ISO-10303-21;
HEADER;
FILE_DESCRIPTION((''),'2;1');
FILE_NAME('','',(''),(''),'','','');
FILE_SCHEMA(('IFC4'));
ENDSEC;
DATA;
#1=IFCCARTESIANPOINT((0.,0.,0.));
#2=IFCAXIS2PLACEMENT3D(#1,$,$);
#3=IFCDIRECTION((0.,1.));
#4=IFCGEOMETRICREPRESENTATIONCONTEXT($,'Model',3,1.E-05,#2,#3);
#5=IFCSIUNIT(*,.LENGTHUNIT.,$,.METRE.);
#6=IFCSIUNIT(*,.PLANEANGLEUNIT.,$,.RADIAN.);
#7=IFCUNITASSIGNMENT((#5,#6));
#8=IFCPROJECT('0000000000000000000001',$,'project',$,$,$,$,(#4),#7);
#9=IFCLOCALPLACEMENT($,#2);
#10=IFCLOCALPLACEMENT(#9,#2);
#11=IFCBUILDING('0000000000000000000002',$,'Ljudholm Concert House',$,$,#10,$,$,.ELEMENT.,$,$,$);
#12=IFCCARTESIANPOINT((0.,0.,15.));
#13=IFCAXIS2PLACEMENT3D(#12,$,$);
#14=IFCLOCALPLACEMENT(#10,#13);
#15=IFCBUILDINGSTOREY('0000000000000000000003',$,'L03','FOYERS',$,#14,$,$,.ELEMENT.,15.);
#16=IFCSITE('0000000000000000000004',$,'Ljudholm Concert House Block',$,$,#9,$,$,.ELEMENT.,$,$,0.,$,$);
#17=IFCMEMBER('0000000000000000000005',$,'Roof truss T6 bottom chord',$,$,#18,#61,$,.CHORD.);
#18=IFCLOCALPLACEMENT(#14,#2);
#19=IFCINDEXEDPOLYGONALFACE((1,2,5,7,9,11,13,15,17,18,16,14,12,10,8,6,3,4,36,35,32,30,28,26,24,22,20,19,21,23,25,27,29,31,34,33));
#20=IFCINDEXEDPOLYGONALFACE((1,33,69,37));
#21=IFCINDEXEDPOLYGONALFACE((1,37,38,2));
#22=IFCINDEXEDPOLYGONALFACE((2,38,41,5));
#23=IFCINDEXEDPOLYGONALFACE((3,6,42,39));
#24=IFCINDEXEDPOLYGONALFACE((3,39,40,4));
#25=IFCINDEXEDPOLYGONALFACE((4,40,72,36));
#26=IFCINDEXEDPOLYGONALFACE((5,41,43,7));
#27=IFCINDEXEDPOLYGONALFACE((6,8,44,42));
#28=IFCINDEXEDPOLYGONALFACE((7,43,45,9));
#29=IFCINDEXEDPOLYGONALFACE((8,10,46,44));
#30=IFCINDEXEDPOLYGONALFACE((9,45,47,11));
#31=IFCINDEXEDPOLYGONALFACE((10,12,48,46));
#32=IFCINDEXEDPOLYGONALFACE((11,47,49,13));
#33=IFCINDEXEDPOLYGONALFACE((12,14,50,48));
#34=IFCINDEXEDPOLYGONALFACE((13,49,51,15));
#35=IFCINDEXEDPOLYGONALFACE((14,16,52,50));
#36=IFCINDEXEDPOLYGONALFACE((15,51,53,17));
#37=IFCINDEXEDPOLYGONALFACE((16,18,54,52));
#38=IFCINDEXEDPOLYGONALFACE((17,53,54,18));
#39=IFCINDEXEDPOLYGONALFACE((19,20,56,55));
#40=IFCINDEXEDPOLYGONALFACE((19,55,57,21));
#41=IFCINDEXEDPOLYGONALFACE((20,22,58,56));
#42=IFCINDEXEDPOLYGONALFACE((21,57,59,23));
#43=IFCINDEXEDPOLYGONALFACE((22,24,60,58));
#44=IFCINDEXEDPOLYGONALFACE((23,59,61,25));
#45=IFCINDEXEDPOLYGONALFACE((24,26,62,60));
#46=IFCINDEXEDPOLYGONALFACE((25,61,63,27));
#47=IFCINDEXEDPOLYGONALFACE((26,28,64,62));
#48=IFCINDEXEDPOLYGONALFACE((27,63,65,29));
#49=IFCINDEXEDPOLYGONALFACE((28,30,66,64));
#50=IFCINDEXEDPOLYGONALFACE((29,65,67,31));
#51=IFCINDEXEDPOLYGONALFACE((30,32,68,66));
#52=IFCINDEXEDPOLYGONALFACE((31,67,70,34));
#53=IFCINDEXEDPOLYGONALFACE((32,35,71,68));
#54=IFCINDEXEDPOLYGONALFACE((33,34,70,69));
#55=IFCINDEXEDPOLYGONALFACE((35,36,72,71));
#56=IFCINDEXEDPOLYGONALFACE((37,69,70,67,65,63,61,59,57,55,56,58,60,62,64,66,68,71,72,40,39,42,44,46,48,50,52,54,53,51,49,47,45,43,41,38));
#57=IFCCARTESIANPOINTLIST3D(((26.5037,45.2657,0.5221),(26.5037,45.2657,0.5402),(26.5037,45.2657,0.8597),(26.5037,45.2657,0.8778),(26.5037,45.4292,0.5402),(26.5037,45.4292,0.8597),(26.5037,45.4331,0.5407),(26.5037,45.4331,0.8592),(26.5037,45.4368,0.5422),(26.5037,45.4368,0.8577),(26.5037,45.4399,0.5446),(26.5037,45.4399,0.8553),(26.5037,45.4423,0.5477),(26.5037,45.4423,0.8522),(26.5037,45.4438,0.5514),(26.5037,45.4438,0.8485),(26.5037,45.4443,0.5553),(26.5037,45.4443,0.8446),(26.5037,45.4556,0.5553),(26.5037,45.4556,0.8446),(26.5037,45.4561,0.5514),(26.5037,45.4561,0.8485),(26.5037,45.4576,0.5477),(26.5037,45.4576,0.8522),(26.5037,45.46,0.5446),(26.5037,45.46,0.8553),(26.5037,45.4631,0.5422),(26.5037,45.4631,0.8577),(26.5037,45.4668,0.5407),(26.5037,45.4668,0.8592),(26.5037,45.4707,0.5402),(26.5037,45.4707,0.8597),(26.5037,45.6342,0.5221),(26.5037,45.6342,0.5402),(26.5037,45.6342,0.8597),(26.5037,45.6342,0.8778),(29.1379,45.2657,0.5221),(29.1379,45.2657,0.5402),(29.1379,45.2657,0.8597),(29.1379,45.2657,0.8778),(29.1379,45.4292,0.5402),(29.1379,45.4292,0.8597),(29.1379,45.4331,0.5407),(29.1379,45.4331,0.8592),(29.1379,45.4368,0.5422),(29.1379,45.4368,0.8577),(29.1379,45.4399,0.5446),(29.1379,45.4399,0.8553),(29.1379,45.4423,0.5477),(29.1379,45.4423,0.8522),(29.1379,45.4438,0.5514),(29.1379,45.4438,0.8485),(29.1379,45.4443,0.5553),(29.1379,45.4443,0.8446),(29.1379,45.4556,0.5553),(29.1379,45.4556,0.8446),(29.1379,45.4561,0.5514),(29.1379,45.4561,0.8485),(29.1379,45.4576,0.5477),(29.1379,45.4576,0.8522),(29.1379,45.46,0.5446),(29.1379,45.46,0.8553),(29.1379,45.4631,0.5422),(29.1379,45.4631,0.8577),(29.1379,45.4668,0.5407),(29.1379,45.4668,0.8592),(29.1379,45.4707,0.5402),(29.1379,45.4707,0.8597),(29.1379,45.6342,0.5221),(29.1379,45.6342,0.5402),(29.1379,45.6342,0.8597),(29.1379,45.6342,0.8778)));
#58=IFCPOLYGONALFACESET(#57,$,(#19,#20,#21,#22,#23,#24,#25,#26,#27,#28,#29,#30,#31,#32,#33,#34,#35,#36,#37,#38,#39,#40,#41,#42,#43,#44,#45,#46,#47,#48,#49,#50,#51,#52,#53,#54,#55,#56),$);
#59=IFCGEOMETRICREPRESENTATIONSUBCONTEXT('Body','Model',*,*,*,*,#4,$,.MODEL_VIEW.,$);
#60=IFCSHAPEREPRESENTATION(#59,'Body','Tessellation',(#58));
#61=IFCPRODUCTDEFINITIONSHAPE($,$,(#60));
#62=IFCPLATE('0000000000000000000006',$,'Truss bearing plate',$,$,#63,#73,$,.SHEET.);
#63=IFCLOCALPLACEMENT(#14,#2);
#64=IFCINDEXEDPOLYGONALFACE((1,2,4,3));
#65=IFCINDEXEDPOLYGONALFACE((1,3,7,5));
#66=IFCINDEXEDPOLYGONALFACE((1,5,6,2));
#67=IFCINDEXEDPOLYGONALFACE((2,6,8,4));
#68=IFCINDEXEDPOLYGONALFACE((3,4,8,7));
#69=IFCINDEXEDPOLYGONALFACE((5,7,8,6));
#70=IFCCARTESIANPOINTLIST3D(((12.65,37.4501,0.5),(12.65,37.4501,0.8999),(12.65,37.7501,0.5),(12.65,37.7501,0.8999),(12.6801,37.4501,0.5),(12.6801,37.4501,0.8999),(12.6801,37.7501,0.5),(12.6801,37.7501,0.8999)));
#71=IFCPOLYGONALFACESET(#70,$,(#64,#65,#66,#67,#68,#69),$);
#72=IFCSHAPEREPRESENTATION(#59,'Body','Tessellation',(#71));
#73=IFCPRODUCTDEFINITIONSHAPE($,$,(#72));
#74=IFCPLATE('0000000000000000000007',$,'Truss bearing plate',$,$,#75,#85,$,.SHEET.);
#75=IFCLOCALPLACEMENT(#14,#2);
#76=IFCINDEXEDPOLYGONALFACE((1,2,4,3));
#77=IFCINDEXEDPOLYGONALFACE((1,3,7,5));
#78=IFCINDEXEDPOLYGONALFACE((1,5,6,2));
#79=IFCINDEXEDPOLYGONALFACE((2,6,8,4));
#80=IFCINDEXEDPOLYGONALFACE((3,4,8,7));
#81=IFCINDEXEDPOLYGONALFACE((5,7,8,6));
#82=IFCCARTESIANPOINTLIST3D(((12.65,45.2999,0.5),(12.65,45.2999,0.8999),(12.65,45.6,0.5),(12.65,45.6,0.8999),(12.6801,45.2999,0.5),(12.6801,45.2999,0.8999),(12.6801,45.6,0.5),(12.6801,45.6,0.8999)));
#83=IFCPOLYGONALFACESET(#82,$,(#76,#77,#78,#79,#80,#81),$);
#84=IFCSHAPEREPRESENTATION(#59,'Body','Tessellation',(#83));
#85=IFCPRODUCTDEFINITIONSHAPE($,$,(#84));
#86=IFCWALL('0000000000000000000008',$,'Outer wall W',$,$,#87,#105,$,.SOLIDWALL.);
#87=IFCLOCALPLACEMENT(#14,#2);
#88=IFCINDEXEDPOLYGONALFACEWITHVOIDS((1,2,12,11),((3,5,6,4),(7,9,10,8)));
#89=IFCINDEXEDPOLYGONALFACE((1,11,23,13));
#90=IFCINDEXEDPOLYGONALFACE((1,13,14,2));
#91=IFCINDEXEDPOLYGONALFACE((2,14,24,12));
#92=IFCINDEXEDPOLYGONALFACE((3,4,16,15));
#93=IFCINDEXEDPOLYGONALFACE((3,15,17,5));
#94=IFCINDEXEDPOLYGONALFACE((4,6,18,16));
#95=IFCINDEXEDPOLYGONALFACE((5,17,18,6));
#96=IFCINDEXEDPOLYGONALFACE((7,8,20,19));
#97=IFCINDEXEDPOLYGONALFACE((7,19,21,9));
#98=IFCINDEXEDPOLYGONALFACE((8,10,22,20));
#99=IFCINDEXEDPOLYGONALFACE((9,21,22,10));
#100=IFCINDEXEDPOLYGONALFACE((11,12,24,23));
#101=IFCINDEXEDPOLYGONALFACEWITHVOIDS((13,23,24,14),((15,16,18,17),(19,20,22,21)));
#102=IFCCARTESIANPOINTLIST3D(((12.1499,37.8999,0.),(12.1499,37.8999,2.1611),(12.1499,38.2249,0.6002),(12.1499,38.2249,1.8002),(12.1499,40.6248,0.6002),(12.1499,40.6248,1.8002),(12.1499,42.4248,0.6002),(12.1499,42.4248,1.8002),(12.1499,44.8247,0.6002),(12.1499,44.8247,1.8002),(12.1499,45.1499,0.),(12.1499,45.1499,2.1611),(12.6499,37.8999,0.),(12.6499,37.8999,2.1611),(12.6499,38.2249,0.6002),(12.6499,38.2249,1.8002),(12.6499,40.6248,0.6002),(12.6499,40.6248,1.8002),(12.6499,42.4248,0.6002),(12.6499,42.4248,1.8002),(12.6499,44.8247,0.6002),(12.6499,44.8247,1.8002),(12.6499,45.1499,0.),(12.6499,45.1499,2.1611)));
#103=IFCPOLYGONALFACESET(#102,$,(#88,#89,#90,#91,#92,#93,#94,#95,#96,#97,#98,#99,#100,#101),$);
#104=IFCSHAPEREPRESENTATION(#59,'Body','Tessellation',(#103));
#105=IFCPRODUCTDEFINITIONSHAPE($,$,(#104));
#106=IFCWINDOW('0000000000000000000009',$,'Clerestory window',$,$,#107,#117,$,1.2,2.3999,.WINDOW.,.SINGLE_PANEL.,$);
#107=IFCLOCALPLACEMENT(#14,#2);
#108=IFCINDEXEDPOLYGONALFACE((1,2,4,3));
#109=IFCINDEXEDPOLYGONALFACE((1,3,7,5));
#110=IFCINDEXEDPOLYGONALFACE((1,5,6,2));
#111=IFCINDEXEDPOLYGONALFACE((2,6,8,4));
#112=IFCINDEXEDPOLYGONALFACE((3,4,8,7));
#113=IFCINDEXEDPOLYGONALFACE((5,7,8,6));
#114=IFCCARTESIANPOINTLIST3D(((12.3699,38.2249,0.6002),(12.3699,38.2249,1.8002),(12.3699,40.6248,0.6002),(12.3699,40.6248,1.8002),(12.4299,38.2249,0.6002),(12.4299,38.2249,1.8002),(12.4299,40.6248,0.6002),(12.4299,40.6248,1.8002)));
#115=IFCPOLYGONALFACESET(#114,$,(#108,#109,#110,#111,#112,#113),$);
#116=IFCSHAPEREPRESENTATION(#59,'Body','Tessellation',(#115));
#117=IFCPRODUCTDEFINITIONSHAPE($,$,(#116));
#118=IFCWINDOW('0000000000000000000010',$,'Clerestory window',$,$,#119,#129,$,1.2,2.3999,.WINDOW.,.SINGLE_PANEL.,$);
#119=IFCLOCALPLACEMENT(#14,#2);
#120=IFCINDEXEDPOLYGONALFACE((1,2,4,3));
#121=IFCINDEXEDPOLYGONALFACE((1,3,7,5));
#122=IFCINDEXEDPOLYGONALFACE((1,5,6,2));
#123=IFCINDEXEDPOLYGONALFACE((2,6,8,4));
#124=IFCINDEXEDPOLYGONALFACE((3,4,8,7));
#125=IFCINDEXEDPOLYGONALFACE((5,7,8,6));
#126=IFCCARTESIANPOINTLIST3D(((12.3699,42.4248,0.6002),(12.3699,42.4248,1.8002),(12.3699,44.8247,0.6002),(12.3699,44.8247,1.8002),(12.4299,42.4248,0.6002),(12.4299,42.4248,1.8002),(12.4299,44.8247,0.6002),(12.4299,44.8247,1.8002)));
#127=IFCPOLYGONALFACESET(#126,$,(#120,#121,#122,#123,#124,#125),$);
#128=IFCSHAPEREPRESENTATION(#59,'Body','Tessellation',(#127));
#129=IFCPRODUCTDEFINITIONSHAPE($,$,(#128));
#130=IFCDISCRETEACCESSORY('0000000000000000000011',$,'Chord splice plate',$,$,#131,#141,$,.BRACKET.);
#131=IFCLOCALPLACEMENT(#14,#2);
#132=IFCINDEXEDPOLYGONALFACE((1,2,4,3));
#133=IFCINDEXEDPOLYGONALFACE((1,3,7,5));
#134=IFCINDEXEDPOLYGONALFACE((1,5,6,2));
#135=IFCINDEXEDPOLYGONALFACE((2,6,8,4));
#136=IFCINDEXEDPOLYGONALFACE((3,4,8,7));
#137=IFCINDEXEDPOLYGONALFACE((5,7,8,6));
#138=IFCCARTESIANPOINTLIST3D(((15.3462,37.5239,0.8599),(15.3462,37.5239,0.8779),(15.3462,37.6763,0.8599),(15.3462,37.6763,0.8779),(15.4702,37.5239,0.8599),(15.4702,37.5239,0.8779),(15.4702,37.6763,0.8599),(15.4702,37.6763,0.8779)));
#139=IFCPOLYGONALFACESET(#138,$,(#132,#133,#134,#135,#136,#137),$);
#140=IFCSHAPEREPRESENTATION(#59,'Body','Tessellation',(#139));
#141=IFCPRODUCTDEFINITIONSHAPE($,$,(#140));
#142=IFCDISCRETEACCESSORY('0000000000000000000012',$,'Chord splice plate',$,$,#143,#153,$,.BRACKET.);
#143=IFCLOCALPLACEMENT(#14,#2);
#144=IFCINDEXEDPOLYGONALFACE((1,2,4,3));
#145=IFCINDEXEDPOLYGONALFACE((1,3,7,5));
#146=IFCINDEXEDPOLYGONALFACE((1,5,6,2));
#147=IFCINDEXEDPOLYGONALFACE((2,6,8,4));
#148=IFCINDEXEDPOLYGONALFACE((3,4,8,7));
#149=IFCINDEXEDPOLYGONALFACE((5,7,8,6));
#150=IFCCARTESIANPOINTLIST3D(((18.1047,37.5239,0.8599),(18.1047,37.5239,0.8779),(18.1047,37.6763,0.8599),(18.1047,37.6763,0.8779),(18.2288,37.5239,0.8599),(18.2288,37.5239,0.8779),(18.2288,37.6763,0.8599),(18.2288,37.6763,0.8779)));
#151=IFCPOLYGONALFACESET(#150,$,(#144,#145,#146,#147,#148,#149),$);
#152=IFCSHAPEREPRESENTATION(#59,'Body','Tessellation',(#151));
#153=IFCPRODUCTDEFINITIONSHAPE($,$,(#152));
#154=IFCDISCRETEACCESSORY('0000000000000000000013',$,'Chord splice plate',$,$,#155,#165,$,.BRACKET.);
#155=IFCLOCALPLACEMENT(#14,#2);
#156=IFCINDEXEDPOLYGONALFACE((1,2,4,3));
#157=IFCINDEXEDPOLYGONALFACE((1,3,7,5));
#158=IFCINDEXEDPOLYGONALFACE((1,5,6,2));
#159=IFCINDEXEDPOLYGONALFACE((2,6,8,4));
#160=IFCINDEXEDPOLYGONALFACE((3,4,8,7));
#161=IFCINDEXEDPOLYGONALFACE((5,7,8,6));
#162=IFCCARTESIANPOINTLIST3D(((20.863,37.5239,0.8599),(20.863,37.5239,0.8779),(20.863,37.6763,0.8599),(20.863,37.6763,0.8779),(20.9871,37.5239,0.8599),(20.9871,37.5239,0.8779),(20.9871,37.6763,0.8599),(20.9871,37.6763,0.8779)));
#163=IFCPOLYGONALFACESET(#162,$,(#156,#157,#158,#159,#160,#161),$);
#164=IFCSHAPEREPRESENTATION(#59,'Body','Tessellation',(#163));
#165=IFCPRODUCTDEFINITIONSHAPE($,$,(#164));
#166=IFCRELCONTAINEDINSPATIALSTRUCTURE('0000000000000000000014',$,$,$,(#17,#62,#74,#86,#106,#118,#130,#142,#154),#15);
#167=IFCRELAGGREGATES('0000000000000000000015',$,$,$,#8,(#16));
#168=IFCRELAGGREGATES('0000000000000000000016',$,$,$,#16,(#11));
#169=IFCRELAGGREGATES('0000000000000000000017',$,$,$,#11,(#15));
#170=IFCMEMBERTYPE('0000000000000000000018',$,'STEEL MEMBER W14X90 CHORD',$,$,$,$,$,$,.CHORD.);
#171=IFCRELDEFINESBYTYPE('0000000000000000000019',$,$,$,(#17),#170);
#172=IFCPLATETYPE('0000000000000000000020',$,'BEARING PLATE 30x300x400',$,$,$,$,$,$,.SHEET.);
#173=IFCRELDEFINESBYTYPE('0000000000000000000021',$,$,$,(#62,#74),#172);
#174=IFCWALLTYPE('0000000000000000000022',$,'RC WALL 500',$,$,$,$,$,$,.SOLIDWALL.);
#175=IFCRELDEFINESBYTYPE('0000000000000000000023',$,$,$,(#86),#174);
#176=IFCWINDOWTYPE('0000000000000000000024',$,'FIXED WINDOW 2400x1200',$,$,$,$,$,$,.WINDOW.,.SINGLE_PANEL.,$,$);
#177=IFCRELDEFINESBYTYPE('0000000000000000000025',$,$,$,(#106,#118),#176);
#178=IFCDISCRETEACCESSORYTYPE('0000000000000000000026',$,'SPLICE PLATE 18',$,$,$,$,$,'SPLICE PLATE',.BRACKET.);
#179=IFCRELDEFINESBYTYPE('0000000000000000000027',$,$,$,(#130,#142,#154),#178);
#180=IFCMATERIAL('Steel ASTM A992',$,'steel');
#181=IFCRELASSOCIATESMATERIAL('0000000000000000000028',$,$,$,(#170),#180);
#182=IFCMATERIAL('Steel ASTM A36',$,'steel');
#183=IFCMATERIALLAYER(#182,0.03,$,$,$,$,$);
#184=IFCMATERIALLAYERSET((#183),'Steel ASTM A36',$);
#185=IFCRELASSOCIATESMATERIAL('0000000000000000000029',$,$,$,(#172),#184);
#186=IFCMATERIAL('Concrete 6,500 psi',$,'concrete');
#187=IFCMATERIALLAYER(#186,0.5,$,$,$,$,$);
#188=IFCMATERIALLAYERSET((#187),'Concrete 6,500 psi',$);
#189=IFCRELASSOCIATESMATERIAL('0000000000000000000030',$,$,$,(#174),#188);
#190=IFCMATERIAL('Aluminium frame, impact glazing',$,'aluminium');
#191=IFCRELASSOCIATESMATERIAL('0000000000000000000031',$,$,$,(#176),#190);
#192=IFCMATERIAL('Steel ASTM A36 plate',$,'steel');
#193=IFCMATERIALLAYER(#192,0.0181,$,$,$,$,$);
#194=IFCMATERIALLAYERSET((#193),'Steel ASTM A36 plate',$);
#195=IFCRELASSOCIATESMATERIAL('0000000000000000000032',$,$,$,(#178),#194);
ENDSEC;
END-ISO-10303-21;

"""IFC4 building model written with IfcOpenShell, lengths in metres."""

from ifc_helpers import new_model, si_unit, direction, frame, frame_2d, origin, origin_2d, place, context, subcontext, project, spatial, rectangle, i_section, extrude, material, layer, layer_set, material_profile, profile_set, type_object, element, fill, save


model = new_model("IFC4")

# Units and contexts
model_context = context("Model", 3, precision=1e-05, world=origin(), true_north=direction((0.0, 1.0)))
body_context = subcontext(model_context, "Body", "Model", "MODEL_VIEW")
ifc_project = project(units=[si_unit("LENGTHUNIT", "METRE"), si_unit("PLANEANGLEUNIT", "RADIAN")], contexts=[model_context])

# Site, building, storey
site_placement = place(None, origin())
site = spatial("IfcSite", under=ifc_project, at=site_placement, Name="Ljudholm Concert House Block", CompositionType="ELEMENT", RefElevation=0.0)
building_placement = place(site_placement, origin())
building = spatial("IfcBuilding", under=site, at=building_placement, Name="Ljudholm Concert House", CompositionType="ELEMENT")
storey_placement = place(building_placement, frame((0.0, 0.0, 15.0)))
storey = spatial("IfcBuildingStorey", under=building, at=storey_placement, Name="L03", Description="FOYERS", CompositionType="ELEMENT", Elevation=15.0)

# Member
ifc_material_1 = material(Name="Steel ASTM A992", Category="steel")
ifc_material_profile_1 = material_profile(ifc_material_1, i_section(OverallWidth=0.3684, OverallDepth=0.3557, WebThickness=0.0112, FlangeThickness=0.0181, FilletRadius=0.0151, at=origin_2d()), Name="W14X90")
ifc_profile_set_1 = profile_set([ifc_material_profile_1], Name="Steel ASTM A992")
member_type = type_object("IfcMemberType", Name="STEEL MEMBER W14X90 CHORD", PredefinedType="CHORD", material=ifc_profile_set_1)
for number, where, z_axis, x_axis, name in (
    (1, (26.5037, 45.45, 0.7), (1.0, 0.0, 0.0), (0.0, 1.0, 0.0), "Roof truss T6 bottom chord"),
):
    element("IfcMember", number, at=place(storey_placement, frame(where, z_axis=z_axis, x_axis=x_axis)), inside=storey, type_object=member_type, Name=name, PredefinedType="CHORD", context=body_context, shape_type="SweptSolid", body=[
        extrude(i_section(OverallWidth=0.3684, OverallDepth=0.3557, WebThickness=0.0112, FlangeThickness=0.0181, FilletRadius=0.0151, at=origin_2d()), origin(), (0.0, 0.0, 1.0), 2.6343),
    ])

# Plates
ifc_material_2 = material(Name="Steel ASTM A36", Category="steel")
ifc_layer_1 = layer(ifc_material_2, 0.03)
ifc_layer_set_1 = layer_set([ifc_layer_1], Name="Steel ASTM A36")
plate_type = type_object("IfcPlateType", Name="BEARING PLATE 30x300x400", PredefinedType="SHEET", material=ifc_layer_set_1)
for number, where, z_axis, x_axis, name in (
    (2, (12.665, 37.6001, 0.5), (0.0, 0.0, 1.0), (1.0, 0.0, 0.0), "Truss bearing plate"),
    (3, (12.665, 45.45, 0.5), (0.0, 0.0, 1.0), (1.0, 0.0, 0.0), "Truss bearing plate"),
):
    element("IfcPlate", number, at=place(storey_placement, frame(where, z_axis=z_axis, x_axis=x_axis)), inside=storey, type_object=plate_type, Name=name, PredefinedType="SHEET", context=body_context, shape_type="SweptSolid", body=[
        extrude(rectangle(XDim=0.03, YDim=0.3, at=origin_2d()), origin(), (0.0, 0.0, 1.0), 0.3999),
    ])

# Wall, openings, windows
ifc_material_3 = material(Name="Concrete 6,500 psi", Category="concrete")
ifc_layer_2 = layer(ifc_material_3, 0.5)
ifc_layer_set_2 = layer_set([ifc_layer_2], Name="Concrete 6,500 psi")
wall_type = type_object("IfcWallType", Name="RC WALL 500", PredefinedType="SOLIDWALL", material=ifc_layer_set_2)
wall_placement = place(storey_placement, frame((12.3999, 37.8999, 0.0), z_axis=(0.0, 0.0, 1.0), x_axis=(0.0, 1.0, 0.0)))
wall = element("IfcWall", 4, at=wall_placement, inside=storey, type_object=wall_type, Name="Outer wall W", PredefinedType="SOLIDWALL", context=body_context, shape_type="SweptSolid", body=[
    extrude(rectangle(XDim=7.25, YDim=0.5, at=frame_2d((3.625, 0.0))), origin(), (0.0, 0.0, 1.0), 2.1611),
])
opening_1_placement = place(wall_placement, frame((0.325, 0.0, 0.6001)))
opening_1 = element("IfcOpeningElement", 5, at=opening_1_placement, cuts=wall, PredefinedType="OPENING", context=body_context, shape_type="SweptSolid", body=[
    extrude(rectangle(XDim=2.3999, YDim=1.2, at=frame_2d((1.2, 0.6001))), frame((0.0, 0.26, 0.0), z_axis=(0.0, -1.0, 0.0), x_axis=(1.0, 0.0, 0.0)), (0.0, 0.0, 1.0), 0.52),
])
opening_2_placement = place(wall_placement, frame((4.5249, 0.0, 0.6001)))
opening_2 = element("IfcOpeningElement", 6, at=opening_2_placement, cuts=wall, PredefinedType="OPENING", context=body_context, shape_type="SweptSolid", body=[
    extrude(rectangle(XDim=2.3999, YDim=1.2, at=frame_2d((1.2, 0.6001))), frame((0.0, 0.26, 0.0), z_axis=(0.0, -1.0, 0.0), x_axis=(1.0, 0.0, 0.0)), (0.0, 0.0, 1.0), 0.52),
])
ifc_material_4 = material(Name="Aluminium frame, impact glazing", Category="aluminium")
window_type = type_object("IfcWindowType", Name="FIXED WINDOW 2400x1200", PartitioningType="SINGLE_PANEL", PredefinedType="WINDOW", material=ifc_material_4)
window_1_placement = place(opening_1_placement, origin())
window_1 = element("IfcWindow", 7, at=window_1_placement, inside=storey, type_object=window_type, Name="Clerestory window", OverallHeight=1.2, OverallWidth=2.3999, PartitioningType="SINGLE_PANEL", PredefinedType="WINDOW", context=body_context, shape_type="SweptSolid", body=[
    extrude(rectangle(XDim=2.3999, YDim=1.2, at=frame_2d((1.2, 0.6001))), frame((0.0, 0.03, 0.0), z_axis=(0.0, -1.0, 0.0), x_axis=(1.0, 0.0, 0.0)), (0.0, 0.0, 1.0), 0.0601),
])
fill(opening_1, window_1)
window_2_placement = place(opening_2_placement, origin())
window_2 = element("IfcWindow", 8, at=window_2_placement, inside=storey, type_object=window_type, Name="Clerestory window", OverallHeight=1.2, OverallWidth=2.3999, PartitioningType="SINGLE_PANEL", PredefinedType="WINDOW", context=body_context, shape_type="SweptSolid", body=[
    extrude(rectangle(XDim=2.3999, YDim=1.2, at=frame_2d((1.2, 0.6001))), frame((0.0, 0.03, 0.0), z_axis=(0.0, -1.0, 0.0), x_axis=(1.0, 0.0, 0.0)), (0.0, 0.0, 1.0), 0.0601),
])
fill(opening_2, window_2)

# Discrete accessories
ifc_material_5 = material(Name="Steel ASTM A36 plate", Category="steel")
ifc_layer_3 = layer(ifc_material_5, 0.0181)
ifc_layer_set_3 = layer_set([ifc_layer_3], Name="Steel ASTM A36 plate")
discrete_accessory_type_1 = type_object("IfcDiscreteAccessoryType", Name="SPLICE PLATE 18", ElementType="SPLICE PLATE", PredefinedType="BRACKET", material=ifc_layer_set_3)
for number, where, z_axis, x_axis, name in (
    (9, (15.4082, 37.6001, 0.8599), (0.0, 0.0, 1.0), (1.0, 0.0, 0.0), "Chord splice plate"),
    (10, (18.1667, 37.6001, 0.8599), (0.0, 0.0, 1.0), (1.0, 0.0, 0.0), "Chord splice plate"),
    (11, (20.925, 37.6001, 0.8599), (0.0, 0.0, 1.0), (1.0, 0.0, 0.0), "Chord splice plate"),
):
    element("IfcDiscreteAccessory", number, at=place(storey_placement, frame(where, z_axis=z_axis, x_axis=x_axis)), inside=storey, type_object=discrete_accessory_type_1, Name=name, PredefinedType="BRACKET", context=body_context, shape_type="SweptSolid", body=[
        extrude(rectangle(XDim=0.124, YDim=0.1523, at=origin_2d()), origin(), (0.0, 0.0, 1.0), 0.0181),
    ])

save(model, "model.ifc")
